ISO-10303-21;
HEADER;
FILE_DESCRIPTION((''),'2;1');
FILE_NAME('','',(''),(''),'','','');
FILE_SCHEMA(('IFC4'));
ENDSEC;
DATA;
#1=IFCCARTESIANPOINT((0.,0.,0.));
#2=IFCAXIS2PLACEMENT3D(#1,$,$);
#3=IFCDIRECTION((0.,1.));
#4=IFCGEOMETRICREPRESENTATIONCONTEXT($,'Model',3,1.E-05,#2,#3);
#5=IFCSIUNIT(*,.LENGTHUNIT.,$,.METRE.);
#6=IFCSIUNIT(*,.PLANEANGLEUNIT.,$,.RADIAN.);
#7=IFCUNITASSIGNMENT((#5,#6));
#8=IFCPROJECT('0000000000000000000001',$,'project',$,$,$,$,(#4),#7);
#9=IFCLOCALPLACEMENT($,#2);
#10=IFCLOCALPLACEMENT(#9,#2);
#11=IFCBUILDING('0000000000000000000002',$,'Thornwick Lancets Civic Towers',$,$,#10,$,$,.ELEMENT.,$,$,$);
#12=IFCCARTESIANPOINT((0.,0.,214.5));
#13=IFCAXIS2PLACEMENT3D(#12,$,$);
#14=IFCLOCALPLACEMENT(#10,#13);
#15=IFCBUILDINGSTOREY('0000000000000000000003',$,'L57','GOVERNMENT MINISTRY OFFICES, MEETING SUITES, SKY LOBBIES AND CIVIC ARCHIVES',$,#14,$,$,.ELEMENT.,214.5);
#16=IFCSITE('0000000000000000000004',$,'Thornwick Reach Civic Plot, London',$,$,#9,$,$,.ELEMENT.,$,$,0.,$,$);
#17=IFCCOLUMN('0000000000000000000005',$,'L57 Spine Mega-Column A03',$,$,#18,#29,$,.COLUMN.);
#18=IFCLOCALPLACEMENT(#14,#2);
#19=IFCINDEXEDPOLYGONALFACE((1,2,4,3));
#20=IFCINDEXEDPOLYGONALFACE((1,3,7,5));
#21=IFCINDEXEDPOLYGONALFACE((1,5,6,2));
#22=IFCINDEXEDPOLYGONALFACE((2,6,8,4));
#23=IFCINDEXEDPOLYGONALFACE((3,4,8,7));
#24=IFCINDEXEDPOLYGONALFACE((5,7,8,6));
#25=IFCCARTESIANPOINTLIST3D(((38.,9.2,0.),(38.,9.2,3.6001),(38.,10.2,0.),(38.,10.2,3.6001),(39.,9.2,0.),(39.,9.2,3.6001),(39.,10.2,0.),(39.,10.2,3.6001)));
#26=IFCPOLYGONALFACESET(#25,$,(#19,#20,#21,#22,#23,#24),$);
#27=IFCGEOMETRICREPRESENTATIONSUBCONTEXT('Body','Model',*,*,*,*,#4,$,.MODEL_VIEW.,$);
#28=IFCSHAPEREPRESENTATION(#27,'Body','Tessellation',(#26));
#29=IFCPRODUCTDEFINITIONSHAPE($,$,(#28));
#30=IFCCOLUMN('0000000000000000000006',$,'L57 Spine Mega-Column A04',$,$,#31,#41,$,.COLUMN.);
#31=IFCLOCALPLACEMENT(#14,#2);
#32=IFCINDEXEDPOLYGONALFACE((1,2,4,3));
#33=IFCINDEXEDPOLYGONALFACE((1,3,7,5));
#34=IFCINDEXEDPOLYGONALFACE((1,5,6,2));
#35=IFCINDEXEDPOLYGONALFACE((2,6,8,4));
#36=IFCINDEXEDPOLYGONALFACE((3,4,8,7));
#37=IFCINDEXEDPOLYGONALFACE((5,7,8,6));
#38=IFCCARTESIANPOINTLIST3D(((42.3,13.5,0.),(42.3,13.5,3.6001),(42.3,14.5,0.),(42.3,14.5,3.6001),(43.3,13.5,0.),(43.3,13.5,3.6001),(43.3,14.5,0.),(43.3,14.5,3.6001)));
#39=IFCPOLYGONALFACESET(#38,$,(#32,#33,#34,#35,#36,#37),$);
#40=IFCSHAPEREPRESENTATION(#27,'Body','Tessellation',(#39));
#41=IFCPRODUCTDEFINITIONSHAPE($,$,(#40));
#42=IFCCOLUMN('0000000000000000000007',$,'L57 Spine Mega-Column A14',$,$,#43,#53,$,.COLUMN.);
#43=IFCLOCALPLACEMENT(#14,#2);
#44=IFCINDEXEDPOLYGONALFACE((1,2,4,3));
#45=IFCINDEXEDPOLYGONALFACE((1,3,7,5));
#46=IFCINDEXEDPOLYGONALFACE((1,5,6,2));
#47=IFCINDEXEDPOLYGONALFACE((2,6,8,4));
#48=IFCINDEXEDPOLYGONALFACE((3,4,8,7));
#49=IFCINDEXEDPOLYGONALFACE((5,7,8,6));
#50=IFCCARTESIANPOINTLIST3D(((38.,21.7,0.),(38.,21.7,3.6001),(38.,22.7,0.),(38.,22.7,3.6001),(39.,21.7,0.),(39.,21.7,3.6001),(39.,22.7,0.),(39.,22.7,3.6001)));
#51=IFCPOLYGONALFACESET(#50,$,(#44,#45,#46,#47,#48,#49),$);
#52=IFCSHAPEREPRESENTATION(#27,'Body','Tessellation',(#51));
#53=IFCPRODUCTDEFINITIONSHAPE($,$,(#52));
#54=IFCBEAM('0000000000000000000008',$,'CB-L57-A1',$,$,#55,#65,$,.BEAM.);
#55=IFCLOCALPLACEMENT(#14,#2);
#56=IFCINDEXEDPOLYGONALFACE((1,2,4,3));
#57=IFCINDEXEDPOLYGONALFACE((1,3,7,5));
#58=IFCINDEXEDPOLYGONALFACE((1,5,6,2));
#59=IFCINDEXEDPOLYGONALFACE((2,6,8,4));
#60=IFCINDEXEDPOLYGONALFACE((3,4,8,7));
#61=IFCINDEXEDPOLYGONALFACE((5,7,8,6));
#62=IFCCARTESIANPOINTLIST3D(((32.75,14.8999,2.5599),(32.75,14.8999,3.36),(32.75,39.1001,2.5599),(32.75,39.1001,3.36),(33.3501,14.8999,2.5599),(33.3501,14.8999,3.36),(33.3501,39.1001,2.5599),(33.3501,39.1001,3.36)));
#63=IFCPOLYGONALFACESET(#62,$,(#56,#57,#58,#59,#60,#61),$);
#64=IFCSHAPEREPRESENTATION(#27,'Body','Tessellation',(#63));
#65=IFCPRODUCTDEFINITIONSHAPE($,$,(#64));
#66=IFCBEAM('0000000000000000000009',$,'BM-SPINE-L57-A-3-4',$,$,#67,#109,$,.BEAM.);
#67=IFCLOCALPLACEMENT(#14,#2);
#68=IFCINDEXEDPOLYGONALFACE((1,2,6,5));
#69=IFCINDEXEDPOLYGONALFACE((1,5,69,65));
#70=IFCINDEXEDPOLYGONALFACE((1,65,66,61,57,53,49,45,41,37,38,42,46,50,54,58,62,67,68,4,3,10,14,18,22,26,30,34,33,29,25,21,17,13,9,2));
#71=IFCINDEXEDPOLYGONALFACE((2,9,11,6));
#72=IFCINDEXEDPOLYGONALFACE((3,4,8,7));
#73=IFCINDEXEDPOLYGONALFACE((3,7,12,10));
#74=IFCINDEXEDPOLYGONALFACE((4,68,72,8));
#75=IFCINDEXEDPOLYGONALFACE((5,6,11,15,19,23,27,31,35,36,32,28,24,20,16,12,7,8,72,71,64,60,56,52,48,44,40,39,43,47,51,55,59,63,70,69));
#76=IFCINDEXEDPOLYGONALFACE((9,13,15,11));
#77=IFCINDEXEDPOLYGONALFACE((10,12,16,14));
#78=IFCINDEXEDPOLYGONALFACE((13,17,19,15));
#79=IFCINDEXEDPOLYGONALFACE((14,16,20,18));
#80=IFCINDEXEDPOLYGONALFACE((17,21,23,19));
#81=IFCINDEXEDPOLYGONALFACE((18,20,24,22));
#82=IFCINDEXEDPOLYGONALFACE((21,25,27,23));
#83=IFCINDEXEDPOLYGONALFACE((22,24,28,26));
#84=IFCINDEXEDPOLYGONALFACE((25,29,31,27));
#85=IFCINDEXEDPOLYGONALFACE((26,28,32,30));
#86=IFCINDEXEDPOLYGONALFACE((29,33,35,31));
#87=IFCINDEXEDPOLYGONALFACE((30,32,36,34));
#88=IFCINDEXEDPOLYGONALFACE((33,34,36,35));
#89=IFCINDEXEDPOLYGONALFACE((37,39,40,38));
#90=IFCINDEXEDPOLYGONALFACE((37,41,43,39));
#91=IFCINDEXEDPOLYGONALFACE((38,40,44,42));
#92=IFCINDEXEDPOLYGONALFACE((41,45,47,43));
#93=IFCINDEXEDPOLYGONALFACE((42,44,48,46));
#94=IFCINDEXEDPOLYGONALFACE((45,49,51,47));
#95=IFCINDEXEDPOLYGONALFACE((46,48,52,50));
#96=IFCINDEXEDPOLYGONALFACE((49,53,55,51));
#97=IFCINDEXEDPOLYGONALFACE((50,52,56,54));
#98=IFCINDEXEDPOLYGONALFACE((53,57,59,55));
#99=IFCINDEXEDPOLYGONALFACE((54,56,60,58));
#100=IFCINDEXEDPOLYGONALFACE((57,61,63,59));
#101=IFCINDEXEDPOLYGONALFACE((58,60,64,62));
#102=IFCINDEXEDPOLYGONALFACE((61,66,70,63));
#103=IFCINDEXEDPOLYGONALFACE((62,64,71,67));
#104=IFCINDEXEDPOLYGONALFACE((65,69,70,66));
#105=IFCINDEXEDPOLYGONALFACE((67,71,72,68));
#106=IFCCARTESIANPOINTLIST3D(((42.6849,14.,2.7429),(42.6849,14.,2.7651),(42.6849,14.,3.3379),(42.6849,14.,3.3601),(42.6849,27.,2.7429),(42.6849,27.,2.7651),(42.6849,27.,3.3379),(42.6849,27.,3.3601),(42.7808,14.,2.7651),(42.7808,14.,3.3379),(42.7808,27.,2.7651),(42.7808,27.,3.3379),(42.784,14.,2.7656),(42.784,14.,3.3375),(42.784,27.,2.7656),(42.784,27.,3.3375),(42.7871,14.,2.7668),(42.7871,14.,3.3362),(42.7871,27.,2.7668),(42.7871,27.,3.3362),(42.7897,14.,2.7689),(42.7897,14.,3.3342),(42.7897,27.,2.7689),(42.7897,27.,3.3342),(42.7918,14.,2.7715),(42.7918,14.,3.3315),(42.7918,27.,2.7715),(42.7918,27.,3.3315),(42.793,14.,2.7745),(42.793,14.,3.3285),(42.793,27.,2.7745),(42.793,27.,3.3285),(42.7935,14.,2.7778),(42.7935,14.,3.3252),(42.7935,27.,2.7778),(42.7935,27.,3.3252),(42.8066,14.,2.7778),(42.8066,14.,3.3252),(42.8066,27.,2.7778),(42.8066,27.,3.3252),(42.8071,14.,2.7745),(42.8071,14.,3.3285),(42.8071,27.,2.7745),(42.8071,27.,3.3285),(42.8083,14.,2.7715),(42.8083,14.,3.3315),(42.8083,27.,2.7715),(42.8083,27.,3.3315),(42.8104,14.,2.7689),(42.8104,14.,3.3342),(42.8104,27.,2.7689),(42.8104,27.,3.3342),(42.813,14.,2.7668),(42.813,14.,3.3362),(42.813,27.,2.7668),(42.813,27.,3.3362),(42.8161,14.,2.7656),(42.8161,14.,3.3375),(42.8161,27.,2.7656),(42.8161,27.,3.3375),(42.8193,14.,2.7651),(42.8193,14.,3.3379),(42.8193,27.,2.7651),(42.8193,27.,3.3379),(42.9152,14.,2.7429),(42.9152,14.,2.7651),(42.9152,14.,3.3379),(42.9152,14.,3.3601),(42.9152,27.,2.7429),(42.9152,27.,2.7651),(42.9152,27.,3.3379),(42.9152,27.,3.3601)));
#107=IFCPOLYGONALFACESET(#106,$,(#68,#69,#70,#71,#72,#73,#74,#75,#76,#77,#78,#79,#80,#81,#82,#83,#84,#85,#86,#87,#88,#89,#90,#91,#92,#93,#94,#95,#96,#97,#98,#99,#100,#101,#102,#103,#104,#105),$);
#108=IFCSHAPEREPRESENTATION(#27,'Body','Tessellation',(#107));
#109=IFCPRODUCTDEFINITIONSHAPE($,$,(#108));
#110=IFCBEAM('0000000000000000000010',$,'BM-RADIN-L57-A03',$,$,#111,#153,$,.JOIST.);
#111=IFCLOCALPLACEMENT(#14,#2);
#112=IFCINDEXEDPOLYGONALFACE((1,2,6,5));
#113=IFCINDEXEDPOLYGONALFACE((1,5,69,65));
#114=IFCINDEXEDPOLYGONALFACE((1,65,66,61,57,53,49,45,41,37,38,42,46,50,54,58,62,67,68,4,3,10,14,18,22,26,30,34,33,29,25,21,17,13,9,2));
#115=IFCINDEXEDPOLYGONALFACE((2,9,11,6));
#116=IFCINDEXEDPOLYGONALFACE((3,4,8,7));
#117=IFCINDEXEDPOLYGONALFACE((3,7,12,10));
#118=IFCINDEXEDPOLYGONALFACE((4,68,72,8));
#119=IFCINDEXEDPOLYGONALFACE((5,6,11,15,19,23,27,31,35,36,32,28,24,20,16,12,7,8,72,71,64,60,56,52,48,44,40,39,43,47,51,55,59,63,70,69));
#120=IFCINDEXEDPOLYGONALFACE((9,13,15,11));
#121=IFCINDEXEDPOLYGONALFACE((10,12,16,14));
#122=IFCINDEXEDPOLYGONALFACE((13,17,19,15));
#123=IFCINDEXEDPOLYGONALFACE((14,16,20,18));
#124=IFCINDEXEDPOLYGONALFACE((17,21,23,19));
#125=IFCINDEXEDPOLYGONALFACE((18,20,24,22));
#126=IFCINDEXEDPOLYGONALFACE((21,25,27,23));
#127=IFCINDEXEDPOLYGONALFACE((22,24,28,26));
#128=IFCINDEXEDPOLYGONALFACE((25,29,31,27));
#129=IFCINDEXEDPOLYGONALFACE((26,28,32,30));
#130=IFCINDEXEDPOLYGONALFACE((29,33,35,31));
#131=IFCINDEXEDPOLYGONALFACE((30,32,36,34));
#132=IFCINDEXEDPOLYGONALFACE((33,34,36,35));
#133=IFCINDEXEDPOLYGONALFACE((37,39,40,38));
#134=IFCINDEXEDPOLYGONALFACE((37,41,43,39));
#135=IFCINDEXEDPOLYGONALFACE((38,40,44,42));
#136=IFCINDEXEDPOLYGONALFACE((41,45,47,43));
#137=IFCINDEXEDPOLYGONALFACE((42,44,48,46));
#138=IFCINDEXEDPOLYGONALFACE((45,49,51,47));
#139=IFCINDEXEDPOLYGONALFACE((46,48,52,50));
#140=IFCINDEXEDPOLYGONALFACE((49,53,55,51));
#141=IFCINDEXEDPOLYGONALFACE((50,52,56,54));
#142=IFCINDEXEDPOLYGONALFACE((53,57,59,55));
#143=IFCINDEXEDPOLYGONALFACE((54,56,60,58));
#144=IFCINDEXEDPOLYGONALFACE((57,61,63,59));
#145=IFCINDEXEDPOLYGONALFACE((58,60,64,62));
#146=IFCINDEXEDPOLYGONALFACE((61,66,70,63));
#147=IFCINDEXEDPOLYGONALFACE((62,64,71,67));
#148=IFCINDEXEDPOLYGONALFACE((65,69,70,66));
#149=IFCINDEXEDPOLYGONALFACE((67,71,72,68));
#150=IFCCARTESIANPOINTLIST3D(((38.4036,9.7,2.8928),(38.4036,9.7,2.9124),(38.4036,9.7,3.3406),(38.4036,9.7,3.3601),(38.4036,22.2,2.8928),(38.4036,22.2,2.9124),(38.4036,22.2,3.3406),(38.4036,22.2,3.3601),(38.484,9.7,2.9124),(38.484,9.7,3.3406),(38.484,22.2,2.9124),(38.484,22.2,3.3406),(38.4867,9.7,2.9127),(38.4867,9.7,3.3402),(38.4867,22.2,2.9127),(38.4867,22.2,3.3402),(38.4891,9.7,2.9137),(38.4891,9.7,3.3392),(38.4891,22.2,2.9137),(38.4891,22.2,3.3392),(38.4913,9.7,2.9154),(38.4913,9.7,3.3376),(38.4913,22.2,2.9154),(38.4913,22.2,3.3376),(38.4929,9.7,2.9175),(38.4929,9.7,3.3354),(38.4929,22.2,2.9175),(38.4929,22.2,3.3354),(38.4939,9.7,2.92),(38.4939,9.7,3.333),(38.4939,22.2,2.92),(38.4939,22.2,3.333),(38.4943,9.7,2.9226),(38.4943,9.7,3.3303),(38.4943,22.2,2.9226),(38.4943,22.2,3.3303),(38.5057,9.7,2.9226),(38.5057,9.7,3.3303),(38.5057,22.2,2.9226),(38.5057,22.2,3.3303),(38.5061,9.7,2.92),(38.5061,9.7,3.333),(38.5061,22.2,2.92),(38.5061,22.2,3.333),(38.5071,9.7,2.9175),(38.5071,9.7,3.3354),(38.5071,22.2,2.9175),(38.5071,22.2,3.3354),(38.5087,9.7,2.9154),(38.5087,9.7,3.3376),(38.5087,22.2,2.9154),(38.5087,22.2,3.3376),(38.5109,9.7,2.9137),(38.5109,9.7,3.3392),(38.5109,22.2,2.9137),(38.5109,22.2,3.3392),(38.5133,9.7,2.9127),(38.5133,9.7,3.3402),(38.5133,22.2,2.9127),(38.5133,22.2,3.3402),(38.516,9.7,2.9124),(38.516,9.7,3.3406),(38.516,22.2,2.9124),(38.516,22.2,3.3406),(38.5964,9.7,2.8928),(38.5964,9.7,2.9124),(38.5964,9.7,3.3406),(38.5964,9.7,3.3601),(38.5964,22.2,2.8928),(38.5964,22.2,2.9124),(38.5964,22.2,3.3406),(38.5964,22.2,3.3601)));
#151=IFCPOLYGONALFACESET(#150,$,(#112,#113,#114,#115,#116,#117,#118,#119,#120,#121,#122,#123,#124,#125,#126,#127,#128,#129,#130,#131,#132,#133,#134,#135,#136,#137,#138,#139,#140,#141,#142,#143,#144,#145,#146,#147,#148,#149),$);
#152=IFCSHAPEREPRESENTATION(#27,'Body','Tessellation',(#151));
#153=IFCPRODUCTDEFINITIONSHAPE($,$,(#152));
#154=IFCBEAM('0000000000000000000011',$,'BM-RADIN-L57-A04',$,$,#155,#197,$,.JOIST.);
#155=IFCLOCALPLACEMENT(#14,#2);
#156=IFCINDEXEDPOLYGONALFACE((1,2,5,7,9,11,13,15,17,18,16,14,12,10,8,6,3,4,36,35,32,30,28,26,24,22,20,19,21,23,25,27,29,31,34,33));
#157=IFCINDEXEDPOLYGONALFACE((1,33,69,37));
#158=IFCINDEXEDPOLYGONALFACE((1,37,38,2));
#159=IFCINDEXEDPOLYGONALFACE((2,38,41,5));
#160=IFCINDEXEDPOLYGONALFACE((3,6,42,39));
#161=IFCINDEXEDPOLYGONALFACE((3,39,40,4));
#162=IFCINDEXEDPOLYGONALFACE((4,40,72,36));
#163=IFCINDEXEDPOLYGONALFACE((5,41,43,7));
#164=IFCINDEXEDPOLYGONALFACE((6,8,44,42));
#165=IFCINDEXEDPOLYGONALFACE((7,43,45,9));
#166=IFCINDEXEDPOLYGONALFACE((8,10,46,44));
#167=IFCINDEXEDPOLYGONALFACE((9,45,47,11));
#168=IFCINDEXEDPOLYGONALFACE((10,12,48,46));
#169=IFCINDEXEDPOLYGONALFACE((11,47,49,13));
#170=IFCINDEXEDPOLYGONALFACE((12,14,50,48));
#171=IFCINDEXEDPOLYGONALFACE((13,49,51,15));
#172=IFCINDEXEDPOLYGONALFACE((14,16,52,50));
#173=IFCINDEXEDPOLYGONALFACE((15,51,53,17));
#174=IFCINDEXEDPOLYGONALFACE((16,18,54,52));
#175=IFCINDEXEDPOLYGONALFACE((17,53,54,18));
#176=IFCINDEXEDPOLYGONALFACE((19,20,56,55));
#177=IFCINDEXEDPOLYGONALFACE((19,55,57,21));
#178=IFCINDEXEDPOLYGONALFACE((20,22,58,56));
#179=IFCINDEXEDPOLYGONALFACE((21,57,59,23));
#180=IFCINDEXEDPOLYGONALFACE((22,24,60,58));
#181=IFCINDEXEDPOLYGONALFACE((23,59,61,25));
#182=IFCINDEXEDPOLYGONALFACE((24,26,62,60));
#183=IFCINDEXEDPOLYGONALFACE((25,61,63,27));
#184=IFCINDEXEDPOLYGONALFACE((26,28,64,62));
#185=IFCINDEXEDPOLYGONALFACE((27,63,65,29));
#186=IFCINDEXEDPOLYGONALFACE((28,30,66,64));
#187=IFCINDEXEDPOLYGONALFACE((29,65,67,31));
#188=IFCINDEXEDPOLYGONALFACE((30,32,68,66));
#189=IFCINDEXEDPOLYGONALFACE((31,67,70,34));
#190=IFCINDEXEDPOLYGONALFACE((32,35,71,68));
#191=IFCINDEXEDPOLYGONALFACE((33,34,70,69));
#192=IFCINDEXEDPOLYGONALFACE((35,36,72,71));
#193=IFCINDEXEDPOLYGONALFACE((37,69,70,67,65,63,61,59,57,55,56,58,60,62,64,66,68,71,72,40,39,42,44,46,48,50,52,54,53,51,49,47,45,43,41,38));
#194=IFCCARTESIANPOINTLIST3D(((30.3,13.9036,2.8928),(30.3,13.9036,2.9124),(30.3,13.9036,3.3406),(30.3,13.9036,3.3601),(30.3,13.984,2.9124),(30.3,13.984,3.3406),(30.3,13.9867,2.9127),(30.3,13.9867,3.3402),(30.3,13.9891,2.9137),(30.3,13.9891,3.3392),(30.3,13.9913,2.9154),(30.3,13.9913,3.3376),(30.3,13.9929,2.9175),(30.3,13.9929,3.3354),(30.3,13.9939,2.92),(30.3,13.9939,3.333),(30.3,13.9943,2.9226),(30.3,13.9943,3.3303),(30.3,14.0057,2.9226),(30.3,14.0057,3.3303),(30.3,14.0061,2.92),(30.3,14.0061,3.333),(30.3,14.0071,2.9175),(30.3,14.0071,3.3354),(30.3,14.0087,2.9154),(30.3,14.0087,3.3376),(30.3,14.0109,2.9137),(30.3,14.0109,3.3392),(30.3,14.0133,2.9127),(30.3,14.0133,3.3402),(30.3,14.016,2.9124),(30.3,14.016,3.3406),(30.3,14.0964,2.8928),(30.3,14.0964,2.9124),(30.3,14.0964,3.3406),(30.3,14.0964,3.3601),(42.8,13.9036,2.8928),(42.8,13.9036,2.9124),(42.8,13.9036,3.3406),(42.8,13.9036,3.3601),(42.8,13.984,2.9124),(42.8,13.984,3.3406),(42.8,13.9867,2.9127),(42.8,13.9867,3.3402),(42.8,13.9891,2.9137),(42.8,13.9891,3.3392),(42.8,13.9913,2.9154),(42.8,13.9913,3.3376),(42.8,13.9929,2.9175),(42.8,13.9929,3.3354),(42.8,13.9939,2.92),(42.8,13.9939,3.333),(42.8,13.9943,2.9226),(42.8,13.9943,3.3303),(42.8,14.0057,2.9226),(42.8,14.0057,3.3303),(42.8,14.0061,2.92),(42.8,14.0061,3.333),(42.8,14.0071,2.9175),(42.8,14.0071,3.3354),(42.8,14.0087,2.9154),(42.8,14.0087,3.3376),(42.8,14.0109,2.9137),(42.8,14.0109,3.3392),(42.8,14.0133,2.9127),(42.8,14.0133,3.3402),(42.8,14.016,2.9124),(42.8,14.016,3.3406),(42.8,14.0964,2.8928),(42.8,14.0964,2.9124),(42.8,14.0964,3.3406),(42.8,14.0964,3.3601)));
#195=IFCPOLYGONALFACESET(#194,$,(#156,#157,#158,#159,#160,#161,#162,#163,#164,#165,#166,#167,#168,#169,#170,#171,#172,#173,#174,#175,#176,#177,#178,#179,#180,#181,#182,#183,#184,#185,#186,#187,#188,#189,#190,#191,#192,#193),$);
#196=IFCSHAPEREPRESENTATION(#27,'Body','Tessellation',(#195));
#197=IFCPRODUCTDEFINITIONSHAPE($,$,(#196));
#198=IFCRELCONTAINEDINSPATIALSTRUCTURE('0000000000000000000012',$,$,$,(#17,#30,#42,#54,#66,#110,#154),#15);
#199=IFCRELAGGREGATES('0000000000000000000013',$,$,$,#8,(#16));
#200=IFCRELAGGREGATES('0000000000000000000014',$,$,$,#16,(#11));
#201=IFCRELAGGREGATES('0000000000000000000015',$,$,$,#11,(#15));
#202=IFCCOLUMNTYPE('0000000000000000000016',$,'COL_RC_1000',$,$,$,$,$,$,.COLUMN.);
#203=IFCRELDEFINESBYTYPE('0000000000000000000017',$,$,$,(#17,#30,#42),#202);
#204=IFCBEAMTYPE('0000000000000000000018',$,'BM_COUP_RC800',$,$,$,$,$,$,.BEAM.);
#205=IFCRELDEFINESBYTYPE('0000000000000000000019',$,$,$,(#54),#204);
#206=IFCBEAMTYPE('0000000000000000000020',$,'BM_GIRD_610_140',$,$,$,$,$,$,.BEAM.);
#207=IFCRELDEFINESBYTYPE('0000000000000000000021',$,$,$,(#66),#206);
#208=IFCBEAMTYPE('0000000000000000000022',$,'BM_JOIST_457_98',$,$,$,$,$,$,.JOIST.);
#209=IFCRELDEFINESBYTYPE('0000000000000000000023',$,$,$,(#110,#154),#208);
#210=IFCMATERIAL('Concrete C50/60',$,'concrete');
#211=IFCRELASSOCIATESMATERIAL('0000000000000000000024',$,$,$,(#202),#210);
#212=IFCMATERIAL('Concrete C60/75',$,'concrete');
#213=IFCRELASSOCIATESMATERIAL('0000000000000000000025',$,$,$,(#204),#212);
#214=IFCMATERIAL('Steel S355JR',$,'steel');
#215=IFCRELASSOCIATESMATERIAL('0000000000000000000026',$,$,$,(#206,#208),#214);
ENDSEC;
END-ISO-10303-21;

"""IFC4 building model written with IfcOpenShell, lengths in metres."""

from ifc_helpers import new_model, si_unit, direction, frame, origin, origin_2d, place, context, subcontext, project, spatial, rectangle, i_section, extrude, material, material_profile, profile_set, type_object, element, save


model = new_model("IFC4")

# Units and contexts
model_context = context("Model", 3, precision=1e-05, world=origin(), true_north=direction((0.0, 1.0)))
body_context = subcontext(model_context, "Body", "Model", "MODEL_VIEW")
ifc_project = project(units=[si_unit("LENGTHUNIT", "METRE"), si_unit("PLANEANGLEUNIT", "RADIAN")], contexts=[model_context])

# Site, building, storey
site_placement = place(None, origin())
site = spatial("IfcSite", under=ifc_project, at=site_placement, Name="Thornwick Reach Civic Plot, London", CompositionType="ELEMENT", RefElevation=0.0)
building_placement = place(site_placement, origin())
building = spatial("IfcBuilding", under=site, at=building_placement, Name="Thornwick Lancets Civic Towers", CompositionType="ELEMENT")
storey_placement = place(building_placement, frame((0.0, 0.0, 214.5)))
storey = spatial("IfcBuildingStorey", under=building, at=storey_placement, Name="L57", Description="GOVERNMENT MINISTRY OFFICES, MEETING SUITES, SKY LOBBIES AND CIVIC ARCHIVES", CompositionType="ELEMENT", Elevation=214.5)

# Columns
ifc_material_1 = material(Name="Concrete C50/60", Category="concrete")
ifc_material_profile_1 = material_profile(ifc_material_1, rectangle(XDim=1.0, YDim=1.0, at=origin_2d()), Name="RC 1000x1000")
ifc_profile_set_1 = profile_set([ifc_material_profile_1], Name="Concrete C50/60")
column_type = type_object("IfcColumnType", Name="COL_RC_1000", PredefinedType="COLUMN", material=ifc_profile_set_1)
for number, where, z_axis, x_axis, name in (
    (1, (38.5, 9.7, 0.0), (0.0, 0.0, 1.0), (1.0, 0.0, 0.0), "L57 Spine Mega-Column A03"),
    (2, (42.8, 14.0, 0.0), (0.0, 0.0, 1.0), (1.0, 0.0, 0.0), "L57 Spine Mega-Column A04"),
    (3, (38.5, 22.2, 0.0), (0.0, 0.0, 1.0), (1.0, 0.0, 0.0), "L57 Spine Mega-Column A14"),
):
    element("IfcColumn", number, at=place(storey_placement, frame(where, z_axis=z_axis, x_axis=x_axis)), inside=storey, type_object=column_type, Name=name, PredefinedType="COLUMN", context=body_context, shape_type="SweptSolid", body=[
        extrude(rectangle(XDim=1.0, YDim=1.0, at=origin_2d()), origin(), (0.0, 0.0, 1.0), 3.6001),
    ])

# Beams
ifc_material_2 = material(Name="Concrete C60/75", Category="concrete")
ifc_material_profile_2 = material_profile(ifc_material_2, rectangle(XDim=0.6001, YDim=0.8, at=origin_2d()), Name="RC 600x800")
ifc_profile_set_2 = profile_set([ifc_material_profile_2], Name="Concrete C60/75")
beam_type_1 = type_object("IfcBeamType", Name="BM_COUP_RC800", PredefinedType="BEAM", material=ifc_profile_set_2)
beam_1_placement = place(storey_placement, frame((33.05, 14.8999, 2.96), z_axis=(0.0, 1.0, 0.0), x_axis=(-1.0, 0.0, 0.0)))
element("IfcBeam", 4, at=beam_1_placement, inside=storey, type_object=beam_type_1, Name="CB-L57-A1", PredefinedType="BEAM", context=body_context, shape_type="SweptSolid", body=[
    extrude(rectangle(XDim=0.6001, YDim=0.8, at=origin_2d()), origin(), (0.0, 0.0, 1.0), 24.2002),
])
ifc_material_3 = material(Name="Steel S355JR", Category="steel")
ifc_material_profile_3 = material_profile(ifc_material_3, i_section(OverallWidth=0.2302, OverallDepth=0.6172, WebThickness=0.0132, FlangeThickness=0.0222, FilletRadius=0.0127, at=origin_2d()), Name="UKB 610x229x140")
ifc_profile_set_3 = profile_set([ifc_material_profile_3], Name="Steel S355JR")
beam_type_2 = type_object("IfcBeamType", Name="BM_GIRD_610_140", PredefinedType="BEAM", material=ifc_profile_set_3)
beam_2_placement = place(storey_placement, frame((42.8, 14.0, 3.0515), z_axis=(0.0, 1.0, 0.0), x_axis=(-1.0, 0.0, 0.0)))
element("IfcBeam", 5, at=beam_2_placement, inside=storey, type_object=beam_type_2, Name="BM-SPINE-L57-A-3-4", PredefinedType="BEAM", context=body_context, shape_type="SweptSolid", body=[
    extrude(i_section(OverallWidth=0.2302, OverallDepth=0.6172, WebThickness=0.0132, FlangeThickness=0.0222, FilletRadius=0.0127, at=origin_2d()), origin(), (0.0, 0.0, 1.0), 13.0),
])
ifc_material_profile_4 = material_profile(ifc_material_3, i_section(OverallWidth=0.1929, OverallDepth=0.4673, WebThickness=0.0115, FlangeThickness=0.0195, FilletRadius=0.0103, at=origin_2d()), Name="UKB 457x191x98")
ifc_profile_set_4 = profile_set([ifc_material_profile_4], Name="Steel S355JR")
beam_type_3 = type_object("IfcBeamType", Name="BM_JOIST_457_98", PredefinedType="JOIST", material=ifc_profile_set_4)
for number, where, z_axis, x_axis, name in (
    (6, (38.5, 22.2, 3.1265), (0.0, -1.0, 0.0), (1.0, 0.0, 0.0), "BM-RADIN-L57-A03"),
    (7, (30.3, 14.0, 3.1265), (1.0, 0.0, 0.0), (0.0, 1.0, 0.0), "BM-RADIN-L57-A04"),
):
    element("IfcBeam", number, at=place(storey_placement, frame(where, z_axis=z_axis, x_axis=x_axis)), inside=storey, type_object=beam_type_3, Name=name, PredefinedType="JOIST", context=body_context, shape_type="SweptSolid", body=[
        extrude(i_section(OverallWidth=0.1929, OverallDepth=0.4673, WebThickness=0.0115, FlangeThickness=0.0195, FilletRadius=0.0103, at=origin_2d()), origin(), (0.0, 0.0, 1.0), 12.5),
    ])

save(model, "model.ifc")
